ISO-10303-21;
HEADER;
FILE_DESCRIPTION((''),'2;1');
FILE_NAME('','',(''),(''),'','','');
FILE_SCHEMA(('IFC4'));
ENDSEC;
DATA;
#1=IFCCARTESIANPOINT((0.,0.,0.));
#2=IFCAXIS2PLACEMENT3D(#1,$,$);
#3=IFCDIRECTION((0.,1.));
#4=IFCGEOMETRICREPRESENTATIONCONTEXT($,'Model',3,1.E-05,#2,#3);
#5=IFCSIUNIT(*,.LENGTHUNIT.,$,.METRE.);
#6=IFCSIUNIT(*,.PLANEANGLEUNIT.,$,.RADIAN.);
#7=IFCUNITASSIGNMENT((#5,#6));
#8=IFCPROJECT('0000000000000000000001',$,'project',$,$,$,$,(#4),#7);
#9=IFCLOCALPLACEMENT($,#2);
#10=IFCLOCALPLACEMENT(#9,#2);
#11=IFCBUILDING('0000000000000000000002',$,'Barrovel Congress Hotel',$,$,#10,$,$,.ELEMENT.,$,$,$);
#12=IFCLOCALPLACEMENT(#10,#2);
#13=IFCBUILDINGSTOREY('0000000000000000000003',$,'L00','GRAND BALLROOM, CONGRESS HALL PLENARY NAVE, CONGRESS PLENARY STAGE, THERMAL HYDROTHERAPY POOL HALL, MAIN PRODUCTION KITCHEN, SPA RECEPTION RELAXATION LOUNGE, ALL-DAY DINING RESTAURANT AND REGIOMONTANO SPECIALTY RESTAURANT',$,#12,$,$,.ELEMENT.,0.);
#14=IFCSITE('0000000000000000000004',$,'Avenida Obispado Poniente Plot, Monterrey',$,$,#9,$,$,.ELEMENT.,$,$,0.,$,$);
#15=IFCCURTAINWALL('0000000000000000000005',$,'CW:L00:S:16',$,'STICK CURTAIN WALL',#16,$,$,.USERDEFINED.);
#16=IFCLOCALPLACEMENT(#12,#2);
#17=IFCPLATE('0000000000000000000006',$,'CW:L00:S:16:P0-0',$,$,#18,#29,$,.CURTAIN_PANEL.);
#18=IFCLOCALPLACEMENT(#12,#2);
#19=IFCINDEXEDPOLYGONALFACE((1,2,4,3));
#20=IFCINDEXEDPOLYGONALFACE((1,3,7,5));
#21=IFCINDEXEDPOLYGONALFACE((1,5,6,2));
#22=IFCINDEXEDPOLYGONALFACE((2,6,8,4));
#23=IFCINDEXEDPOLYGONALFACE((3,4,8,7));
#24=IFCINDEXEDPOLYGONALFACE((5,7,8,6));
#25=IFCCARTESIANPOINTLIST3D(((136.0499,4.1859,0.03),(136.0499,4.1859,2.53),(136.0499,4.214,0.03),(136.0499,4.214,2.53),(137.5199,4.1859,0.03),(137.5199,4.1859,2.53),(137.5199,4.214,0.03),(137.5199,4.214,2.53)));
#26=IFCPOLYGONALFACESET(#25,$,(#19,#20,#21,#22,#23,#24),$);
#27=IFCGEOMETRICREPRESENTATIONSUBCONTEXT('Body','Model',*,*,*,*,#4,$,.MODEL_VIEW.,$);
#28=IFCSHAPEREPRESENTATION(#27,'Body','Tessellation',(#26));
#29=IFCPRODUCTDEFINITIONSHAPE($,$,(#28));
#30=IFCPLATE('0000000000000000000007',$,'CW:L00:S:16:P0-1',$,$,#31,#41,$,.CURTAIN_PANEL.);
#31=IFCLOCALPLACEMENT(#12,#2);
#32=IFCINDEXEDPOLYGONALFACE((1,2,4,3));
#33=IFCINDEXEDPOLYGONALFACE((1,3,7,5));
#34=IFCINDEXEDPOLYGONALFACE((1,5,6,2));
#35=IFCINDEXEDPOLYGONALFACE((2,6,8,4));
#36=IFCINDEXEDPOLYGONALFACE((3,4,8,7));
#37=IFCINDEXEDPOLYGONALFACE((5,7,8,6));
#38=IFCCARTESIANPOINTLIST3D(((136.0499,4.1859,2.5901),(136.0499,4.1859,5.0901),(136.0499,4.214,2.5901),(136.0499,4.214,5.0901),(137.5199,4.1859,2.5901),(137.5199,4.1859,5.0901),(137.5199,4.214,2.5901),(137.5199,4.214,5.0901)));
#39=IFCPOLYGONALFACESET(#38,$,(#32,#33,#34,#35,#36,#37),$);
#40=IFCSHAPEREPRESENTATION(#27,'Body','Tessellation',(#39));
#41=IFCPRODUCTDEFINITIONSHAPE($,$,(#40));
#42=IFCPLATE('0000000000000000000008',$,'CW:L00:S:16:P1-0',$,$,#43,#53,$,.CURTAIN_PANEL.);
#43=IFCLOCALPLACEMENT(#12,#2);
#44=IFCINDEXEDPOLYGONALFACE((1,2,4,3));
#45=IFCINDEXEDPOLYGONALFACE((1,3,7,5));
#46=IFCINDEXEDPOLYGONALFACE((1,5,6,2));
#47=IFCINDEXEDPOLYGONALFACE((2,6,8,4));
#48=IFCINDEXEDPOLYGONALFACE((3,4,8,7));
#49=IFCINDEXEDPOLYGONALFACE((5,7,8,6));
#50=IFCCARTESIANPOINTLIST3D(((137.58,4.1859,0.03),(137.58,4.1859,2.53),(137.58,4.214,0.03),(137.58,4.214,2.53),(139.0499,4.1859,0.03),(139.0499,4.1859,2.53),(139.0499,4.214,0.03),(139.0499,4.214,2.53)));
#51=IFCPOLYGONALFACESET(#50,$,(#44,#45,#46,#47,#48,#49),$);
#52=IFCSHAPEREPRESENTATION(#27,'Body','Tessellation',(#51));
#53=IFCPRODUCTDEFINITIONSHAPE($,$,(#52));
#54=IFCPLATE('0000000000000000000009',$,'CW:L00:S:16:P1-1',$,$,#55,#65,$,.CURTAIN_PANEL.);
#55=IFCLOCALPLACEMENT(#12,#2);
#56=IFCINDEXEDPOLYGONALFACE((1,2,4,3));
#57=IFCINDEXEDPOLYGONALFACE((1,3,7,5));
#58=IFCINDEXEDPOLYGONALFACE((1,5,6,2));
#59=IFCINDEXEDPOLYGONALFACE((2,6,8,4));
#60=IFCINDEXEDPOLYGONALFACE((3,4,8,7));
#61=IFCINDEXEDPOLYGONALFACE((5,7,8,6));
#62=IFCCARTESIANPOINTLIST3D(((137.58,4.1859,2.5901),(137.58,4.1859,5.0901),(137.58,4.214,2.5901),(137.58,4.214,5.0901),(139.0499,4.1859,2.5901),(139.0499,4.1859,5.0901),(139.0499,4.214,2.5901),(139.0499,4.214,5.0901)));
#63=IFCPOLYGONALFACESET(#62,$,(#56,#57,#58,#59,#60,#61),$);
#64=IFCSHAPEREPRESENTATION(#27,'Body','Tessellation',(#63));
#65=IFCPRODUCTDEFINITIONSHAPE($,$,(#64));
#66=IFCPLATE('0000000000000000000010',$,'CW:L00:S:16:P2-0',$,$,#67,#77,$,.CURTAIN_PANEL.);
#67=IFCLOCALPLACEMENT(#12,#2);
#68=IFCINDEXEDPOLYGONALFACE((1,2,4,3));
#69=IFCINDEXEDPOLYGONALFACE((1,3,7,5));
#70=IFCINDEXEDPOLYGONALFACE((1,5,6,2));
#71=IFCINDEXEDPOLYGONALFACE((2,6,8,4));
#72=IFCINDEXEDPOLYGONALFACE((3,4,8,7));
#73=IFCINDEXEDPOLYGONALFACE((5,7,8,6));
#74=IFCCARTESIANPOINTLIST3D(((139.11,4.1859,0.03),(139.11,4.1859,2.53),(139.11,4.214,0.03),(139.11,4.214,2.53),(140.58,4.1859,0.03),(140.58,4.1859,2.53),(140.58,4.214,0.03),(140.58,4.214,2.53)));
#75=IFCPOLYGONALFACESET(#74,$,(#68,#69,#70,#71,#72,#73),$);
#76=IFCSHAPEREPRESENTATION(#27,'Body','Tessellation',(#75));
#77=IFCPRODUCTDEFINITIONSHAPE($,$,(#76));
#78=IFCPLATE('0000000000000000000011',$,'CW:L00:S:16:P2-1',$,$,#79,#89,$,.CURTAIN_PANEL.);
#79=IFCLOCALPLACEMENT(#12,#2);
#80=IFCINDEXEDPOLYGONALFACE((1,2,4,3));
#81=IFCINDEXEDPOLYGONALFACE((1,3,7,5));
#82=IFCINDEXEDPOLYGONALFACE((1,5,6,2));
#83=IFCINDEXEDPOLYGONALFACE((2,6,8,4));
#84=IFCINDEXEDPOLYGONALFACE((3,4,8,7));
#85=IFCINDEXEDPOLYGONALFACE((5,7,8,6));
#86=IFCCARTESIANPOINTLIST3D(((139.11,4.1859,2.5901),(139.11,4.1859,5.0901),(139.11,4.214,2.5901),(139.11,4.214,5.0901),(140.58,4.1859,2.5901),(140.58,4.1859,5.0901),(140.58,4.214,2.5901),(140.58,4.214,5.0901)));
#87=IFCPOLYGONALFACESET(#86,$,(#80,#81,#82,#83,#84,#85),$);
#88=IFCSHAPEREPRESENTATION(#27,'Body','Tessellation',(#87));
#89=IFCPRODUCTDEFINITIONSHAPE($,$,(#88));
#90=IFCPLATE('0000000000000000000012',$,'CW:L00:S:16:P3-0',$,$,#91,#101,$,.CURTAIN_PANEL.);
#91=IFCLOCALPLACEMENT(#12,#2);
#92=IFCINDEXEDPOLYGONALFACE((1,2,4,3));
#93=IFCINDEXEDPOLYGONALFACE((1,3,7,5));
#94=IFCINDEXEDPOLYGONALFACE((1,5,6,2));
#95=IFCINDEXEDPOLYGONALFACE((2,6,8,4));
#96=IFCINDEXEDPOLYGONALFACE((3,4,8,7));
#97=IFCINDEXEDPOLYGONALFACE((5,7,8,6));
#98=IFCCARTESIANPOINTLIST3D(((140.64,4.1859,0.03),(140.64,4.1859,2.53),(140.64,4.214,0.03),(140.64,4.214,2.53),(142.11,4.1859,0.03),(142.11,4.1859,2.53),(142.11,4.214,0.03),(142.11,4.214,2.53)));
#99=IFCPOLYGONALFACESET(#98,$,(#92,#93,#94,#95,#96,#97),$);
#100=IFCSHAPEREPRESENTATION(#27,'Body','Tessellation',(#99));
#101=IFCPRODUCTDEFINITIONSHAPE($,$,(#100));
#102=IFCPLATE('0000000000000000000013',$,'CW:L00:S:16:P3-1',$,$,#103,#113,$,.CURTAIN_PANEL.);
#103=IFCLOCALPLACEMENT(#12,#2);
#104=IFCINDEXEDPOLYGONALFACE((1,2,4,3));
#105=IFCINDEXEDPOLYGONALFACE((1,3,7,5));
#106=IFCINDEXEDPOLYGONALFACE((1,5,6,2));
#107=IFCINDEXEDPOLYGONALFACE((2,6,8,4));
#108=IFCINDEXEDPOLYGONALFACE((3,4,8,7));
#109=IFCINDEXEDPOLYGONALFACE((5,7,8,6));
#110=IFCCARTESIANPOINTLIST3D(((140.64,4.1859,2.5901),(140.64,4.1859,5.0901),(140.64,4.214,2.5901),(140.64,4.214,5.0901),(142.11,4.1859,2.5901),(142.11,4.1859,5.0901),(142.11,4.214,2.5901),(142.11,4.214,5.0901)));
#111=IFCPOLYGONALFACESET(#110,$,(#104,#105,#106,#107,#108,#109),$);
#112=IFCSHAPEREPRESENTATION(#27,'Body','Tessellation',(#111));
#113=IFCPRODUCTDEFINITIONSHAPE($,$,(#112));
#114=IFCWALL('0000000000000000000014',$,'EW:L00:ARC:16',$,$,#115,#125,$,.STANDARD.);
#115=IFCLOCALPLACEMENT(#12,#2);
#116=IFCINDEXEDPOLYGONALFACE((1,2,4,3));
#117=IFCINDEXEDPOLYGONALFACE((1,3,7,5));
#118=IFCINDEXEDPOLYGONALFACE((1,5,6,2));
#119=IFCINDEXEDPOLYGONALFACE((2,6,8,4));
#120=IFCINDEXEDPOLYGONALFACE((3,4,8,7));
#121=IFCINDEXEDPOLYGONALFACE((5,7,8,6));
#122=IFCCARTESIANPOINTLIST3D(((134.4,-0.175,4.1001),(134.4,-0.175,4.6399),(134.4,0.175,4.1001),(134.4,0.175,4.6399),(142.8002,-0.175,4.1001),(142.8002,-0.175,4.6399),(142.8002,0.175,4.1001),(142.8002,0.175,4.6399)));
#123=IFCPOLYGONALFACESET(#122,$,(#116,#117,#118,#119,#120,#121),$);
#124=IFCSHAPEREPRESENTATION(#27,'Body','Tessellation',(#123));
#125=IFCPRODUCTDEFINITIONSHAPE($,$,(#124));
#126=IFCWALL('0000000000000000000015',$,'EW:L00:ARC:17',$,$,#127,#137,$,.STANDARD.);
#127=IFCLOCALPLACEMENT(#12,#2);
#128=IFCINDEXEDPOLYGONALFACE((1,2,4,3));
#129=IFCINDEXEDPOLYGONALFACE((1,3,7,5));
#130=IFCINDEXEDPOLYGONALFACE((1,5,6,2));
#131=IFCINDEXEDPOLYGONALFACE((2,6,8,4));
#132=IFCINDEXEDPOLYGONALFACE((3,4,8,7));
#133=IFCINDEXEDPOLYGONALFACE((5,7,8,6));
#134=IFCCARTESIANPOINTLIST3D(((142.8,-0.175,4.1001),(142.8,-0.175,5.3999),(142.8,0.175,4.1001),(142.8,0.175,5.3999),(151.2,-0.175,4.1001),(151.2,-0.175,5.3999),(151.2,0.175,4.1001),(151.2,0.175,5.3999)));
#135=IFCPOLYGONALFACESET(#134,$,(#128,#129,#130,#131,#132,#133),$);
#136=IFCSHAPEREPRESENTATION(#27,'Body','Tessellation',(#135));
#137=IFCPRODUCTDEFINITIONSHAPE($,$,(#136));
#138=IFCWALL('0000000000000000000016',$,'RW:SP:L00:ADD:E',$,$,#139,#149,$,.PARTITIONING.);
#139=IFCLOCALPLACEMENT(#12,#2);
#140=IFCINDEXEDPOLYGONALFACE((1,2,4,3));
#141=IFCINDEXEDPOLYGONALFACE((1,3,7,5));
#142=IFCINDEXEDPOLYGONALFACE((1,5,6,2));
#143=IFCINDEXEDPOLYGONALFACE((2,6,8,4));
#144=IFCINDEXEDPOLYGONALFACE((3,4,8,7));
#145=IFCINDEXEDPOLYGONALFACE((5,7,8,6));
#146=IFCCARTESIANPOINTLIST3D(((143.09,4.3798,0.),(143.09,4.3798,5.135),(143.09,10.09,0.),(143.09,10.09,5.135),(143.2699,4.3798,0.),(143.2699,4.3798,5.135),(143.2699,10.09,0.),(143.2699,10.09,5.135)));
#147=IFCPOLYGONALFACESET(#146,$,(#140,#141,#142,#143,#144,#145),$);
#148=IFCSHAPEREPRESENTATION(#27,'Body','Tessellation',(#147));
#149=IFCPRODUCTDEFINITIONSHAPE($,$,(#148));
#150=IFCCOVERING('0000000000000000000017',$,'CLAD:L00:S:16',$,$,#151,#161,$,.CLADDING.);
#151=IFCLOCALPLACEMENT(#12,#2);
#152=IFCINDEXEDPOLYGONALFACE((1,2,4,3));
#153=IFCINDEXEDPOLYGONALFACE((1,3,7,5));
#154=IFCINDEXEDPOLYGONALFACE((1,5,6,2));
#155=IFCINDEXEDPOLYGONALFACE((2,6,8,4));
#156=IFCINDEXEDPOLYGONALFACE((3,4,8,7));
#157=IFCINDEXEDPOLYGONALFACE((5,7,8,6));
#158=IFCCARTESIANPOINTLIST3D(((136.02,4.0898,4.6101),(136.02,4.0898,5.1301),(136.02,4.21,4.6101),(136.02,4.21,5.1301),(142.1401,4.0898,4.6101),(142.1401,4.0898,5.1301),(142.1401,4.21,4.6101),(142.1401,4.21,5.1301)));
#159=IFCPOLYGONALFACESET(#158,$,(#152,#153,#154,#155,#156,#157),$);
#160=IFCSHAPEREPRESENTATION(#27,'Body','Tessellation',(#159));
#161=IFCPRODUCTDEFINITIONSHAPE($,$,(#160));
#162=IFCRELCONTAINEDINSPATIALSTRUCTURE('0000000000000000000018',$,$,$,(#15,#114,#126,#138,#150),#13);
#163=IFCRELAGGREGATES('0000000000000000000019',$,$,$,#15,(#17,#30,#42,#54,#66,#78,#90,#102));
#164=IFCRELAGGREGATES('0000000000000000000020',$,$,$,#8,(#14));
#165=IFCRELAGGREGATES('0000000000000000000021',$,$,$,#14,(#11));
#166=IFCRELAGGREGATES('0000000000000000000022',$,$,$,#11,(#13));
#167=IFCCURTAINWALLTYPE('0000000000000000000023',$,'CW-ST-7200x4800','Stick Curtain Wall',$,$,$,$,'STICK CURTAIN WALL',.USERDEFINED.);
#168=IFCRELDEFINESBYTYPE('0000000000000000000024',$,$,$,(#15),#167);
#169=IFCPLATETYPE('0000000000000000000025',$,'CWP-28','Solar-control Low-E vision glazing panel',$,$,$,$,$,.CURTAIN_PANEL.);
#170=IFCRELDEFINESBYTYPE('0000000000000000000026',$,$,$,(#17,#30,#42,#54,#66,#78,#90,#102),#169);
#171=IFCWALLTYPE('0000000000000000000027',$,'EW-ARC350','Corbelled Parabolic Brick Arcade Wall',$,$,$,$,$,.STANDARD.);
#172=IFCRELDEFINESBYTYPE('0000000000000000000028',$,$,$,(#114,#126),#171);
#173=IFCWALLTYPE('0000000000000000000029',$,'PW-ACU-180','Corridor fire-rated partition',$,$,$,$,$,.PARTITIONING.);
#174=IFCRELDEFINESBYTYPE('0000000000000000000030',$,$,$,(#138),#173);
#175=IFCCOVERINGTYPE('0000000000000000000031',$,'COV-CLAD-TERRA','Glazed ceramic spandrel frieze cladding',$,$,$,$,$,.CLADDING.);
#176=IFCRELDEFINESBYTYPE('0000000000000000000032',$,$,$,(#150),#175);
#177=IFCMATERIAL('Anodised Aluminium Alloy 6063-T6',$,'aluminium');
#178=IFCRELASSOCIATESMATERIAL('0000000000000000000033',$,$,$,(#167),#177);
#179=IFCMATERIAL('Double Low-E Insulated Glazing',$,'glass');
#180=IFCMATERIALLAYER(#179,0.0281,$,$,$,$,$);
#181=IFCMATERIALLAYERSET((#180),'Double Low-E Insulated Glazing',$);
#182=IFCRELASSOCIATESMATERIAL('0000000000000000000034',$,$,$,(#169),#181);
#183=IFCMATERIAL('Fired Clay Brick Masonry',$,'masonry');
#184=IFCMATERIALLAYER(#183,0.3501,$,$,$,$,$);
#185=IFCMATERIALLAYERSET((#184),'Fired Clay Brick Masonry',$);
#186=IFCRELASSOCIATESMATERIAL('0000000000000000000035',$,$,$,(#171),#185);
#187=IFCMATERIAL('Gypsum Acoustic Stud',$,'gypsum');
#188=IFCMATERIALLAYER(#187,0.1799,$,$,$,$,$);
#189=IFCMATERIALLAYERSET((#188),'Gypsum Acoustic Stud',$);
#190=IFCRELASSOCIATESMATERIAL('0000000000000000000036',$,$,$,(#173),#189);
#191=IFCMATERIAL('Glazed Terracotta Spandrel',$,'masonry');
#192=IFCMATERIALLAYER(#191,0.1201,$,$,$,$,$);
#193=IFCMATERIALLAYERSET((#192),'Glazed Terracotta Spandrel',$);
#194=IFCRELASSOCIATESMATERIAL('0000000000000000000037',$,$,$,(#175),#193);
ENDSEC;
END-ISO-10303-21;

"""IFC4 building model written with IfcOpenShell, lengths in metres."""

from ifc_helpers import new_model, si_unit, direction, frame, frame_2d, origin, origin_2d, place, context, subcontext, project, spatial, rectangle, extrude, material, layer, layer_set, type_object, element, aggregate, save


model = new_model("IFC4")

# Units and contexts
model_context = context("Model", 3, precision=1e-05, world=origin(), true_north=direction((0.0, 1.0)))
body_context = subcontext(model_context, "Body", "Model", "MODEL_VIEW")
ifc_project = project(units=[si_unit("LENGTHUNIT", "METRE"), si_unit("PLANEANGLEUNIT", "RADIAN")], contexts=[model_context])

# Site, building, storey
site_placement = place(None, origin())
site = spatial("IfcSite", under=ifc_project, at=site_placement, Name="Avenida Obispado Poniente Plot, Monterrey", CompositionType="ELEMENT", RefElevation=0.0)
building_placement = place(site_placement, origin())
building = spatial("IfcBuilding", under=site, at=building_placement, Name="Barrovel Congress Hotel", CompositionType="ELEMENT")
storey_placement = place(building_placement, origin())
storey = spatial("IfcBuildingStorey", under=building, at=storey_placement, Name="L00", Description="GRAND BALLROOM, CONGRESS HALL PLENARY NAVE, CONGRESS PLENARY STAGE, THERMAL HYDROTHERAPY POOL HALL, MAIN PRODUCTION KITCHEN, SPA RECEPTION RELAXATION LOUNGE, ALL-DAY DINING RESTAURANT AND REGIOMONTANO SPECIALTY RESTAURANT", CompositionType="ELEMENT", Elevation=0.0)

# Curtain wall
ifc_material_1 = material(Name="Anodised Aluminium Alloy 6063-T6", Category="aluminium")
curtain_wall_type = type_object("IfcCurtainWallType", Name="CW-ST-7200x4800", Description="Stick Curtain Wall", ElementType="STICK CURTAIN WALL", PredefinedType="USERDEFINED", material=ifc_material_1)
curtain_wall_placement = place(storey_placement, origin())
curtain_wall = element("IfcCurtainWall", 1, at=curtain_wall_placement, inside=storey, type_object=curtain_wall_type, Name="CW:L00:S:16", ObjectType="STICK CURTAIN WALL", PredefinedType="USERDEFINED")

# Plates
ifc_material_2 = material(Name="Double Low-E Insulated Glazing", Category="glass")
ifc_layer_1 = layer(ifc_material_2, 0.0281)
ifc_layer_set_1 = layer_set([ifc_layer_1], Name="Double Low-E Insulated Glazing")
plate_type = type_object("IfcPlateType", Name="CWP-28", Description="Solar-control Low-E vision glazing panel", PredefinedType="CURTAIN_PANEL", material=ifc_layer_set_1)
plate_1_placement = place(storey_placement, frame((136.7849, 4.2, 0.03), z_axis=(0.0, 0.0, 1.0), x_axis=(1.0, 0.0, 0.0)))
plate_1 = element("IfcPlate", 2, at=plate_1_placement, type_object=plate_type, Name="CW:L00:S:16:P0-0", PredefinedType="CURTAIN_PANEL", context=body_context, shape_type="SweptSolid", body=[
    extrude(rectangle(XDim=1.47, YDim=0.0281, at=origin_2d()), origin(), (0.0, 0.0, 1.0), 2.5),
])
plate_2_placement = place(storey_placement, frame((136.7849, 4.2, 2.5901), z_axis=(0.0, 0.0, 1.0), x_axis=(1.0, 0.0, 0.0)))
plate_2 = element("IfcPlate", 3, at=plate_2_placement, type_object=plate_type, Name="CW:L00:S:16:P0-1", PredefinedType="CURTAIN_PANEL", context=body_context, shape_type="SweptSolid", body=[
    extrude(rectangle(XDim=1.47, YDim=0.0281, at=origin_2d()), origin(), (0.0, 0.0, 1.0), 2.5),
])
plate_3_placement = place(storey_placement, frame((138.3149, 4.2, 0.03), z_axis=(0.0, 0.0, 1.0), x_axis=(1.0, 0.0, 0.0)))
plate_3 = element("IfcPlate", 4, at=plate_3_placement, type_object=plate_type, Name="CW:L00:S:16:P1-0", PredefinedType="CURTAIN_PANEL", context=body_context, shape_type="SweptSolid", body=[
    extrude(rectangle(XDim=1.47, YDim=0.0281, at=origin_2d()), origin(), (0.0, 0.0, 1.0), 2.5),
])
plate_4_placement = place(storey_placement, frame((138.3149, 4.2, 2.5901), z_axis=(0.0, 0.0, 1.0), x_axis=(1.0, 0.0, 0.0)))
plate_4 = element("IfcPlate", 5, at=plate_4_placement, type_object=plate_type, Name="CW:L00:S:16:P1-1", PredefinedType="CURTAIN_PANEL", context=body_context, shape_type="SweptSolid", body=[
    extrude(rectangle(XDim=1.47, YDim=0.0281, at=origin_2d()), origin(), (0.0, 0.0, 1.0), 2.5),
])
plate_5_placement = place(storey_placement, frame((139.845, 4.2, 0.03), z_axis=(0.0, 0.0, 1.0), x_axis=(1.0, 0.0, 0.0)))
plate_5 = element("IfcPlate", 6, at=plate_5_placement, type_object=plate_type, Name="CW:L00:S:16:P2-0", PredefinedType="CURTAIN_PANEL", context=body_context, shape_type="SweptSolid", body=[
    extrude(rectangle(XDim=1.47, YDim=0.0281, at=origin_2d()), origin(), (0.0, 0.0, 1.0), 2.5),
])
plate_6_placement = place(storey_placement, frame((139.845, 4.2, 2.5901), z_axis=(0.0, 0.0, 1.0), x_axis=(1.0, 0.0, 0.0)))
plate_6 = element("IfcPlate", 7, at=plate_6_placement, type_object=plate_type, Name="CW:L00:S:16:P2-1", PredefinedType="CURTAIN_PANEL", context=body_context, shape_type="SweptSolid", body=[
    extrude(rectangle(XDim=1.47, YDim=0.0281, at=origin_2d()), origin(), (0.0, 0.0, 1.0), 2.5),
])
plate_7_placement = place(storey_placement, frame((141.375, 4.2, 0.03), z_axis=(0.0, 0.0, 1.0), x_axis=(1.0, 0.0, 0.0)))
plate_7 = element("IfcPlate", 8, at=plate_7_placement, type_object=plate_type, Name="CW:L00:S:16:P3-0", PredefinedType="CURTAIN_PANEL", context=body_context, shape_type="SweptSolid", body=[
    extrude(rectangle(XDim=1.47, YDim=0.0281, at=origin_2d()), origin(), (0.0, 0.0, 1.0), 2.5),
])
plate_8_placement = place(storey_placement, frame((141.375, 4.2, 2.5901), z_axis=(0.0, 0.0, 1.0), x_axis=(1.0, 0.0, 0.0)))
plate_8 = element("IfcPlate", 9, at=plate_8_placement, type_object=plate_type, Name="CW:L00:S:16:P3-1", PredefinedType="CURTAIN_PANEL", context=body_context, shape_type="SweptSolid", body=[
    extrude(rectangle(XDim=1.47, YDim=0.0281, at=origin_2d()), origin(), (0.0, 0.0, 1.0), 2.5),
])
aggregate(curtain_wall, [plate_1, plate_2, plate_3, plate_4, plate_5, plate_6, plate_7, plate_8])

# Walls
ifc_material_3 = material(Name="Fired Clay Brick Masonry", Category="masonry")
ifc_layer_2 = layer(ifc_material_3, 0.3501)
ifc_layer_set_2 = layer_set([ifc_layer_2], Name="Fired Clay Brick Masonry")
wall_type_1 = type_object("IfcWallType", Name="EW-ARC350", Description="Corbelled Parabolic Brick Arcade Wall", PredefinedType="STANDARD", material=ifc_layer_set_2)
wall_1_placement = place(storey_placement, frame((134.3999, 0.0, 4.1001), z_axis=(0.0, 0.0, 1.0), x_axis=(1.0, 0.0, 0.0)))
element("IfcWall", 10, at=wall_1_placement, inside=storey, type_object=wall_type_1, Name="EW:L00:ARC:16", PredefinedType="STANDARD", context=body_context, shape_type="SweptSolid", body=[
    extrude(rectangle(XDim=8.4001, YDim=0.3501, at=frame_2d((4.2002, 0.0))), origin(), (0.0, 0.0, 1.0), 0.5398),
])
wall_2_placement = place(storey_placement, frame((142.8, 0.0, 4.1001), z_axis=(0.0, 0.0, 1.0), x_axis=(1.0, 0.0, 0.0)))
element("IfcWall", 11, at=wall_2_placement, inside=storey, type_object=wall_type_1, Name="EW:L00:ARC:17", PredefinedType="STANDARD", context=body_context, shape_type="SweptSolid", body=[
    extrude(rectangle(XDim=8.3999, YDim=0.3501, at=frame_2d((4.2, 0.0))), origin(), (0.0, 0.0, 1.0), 1.2998),
])

# Wall
ifc_material_4 = material(Name="Gypsum Acoustic Stud", Category="gypsum")
ifc_layer_3 = layer(ifc_material_4, 0.1799)
ifc_layer_set_3 = layer_set([ifc_layer_3], Name="Gypsum Acoustic Stud")
wall_type_2 = type_object("IfcWallType", Name="PW-ACU-180", Description="Corridor fire-rated partition", PredefinedType="PARTITIONING", material=ifc_layer_set_3)
wall_3_placement = place(storey_placement, frame((143.1799, 4.3799, 0.0), z_axis=(0.0, 0.0, 1.0), x_axis=(0.0, 1.0, 0.0)))
element("IfcWall", 12, at=wall_3_placement, inside=storey, type_object=wall_type_2, Name="RW:SP:L00:ADD:E", PredefinedType="PARTITIONING", context=body_context, shape_type="SweptSolid", body=[
    extrude(rectangle(XDim=5.7102, YDim=0.1799, at=frame_2d((2.855, 0.0))), origin(), (0.0, 0.0, 1.0), 5.135),
])

# Covering
ifc_material_5 = material(Name="Glazed Terracotta Spandrel", Category="masonry")
ifc_layer_4 = layer(ifc_material_5, 0.1201)
ifc_layer_set_4 = layer_set([ifc_layer_4], Name="Glazed Terracotta Spandrel")
covering_type = type_object("IfcCoveringType", Name="COV-CLAD-TERRA", Description="Glazed ceramic spandrel frieze cladding", PredefinedType="CLADDING", material=ifc_layer_set_4)
covering_placement = place(storey_placement, frame((139.0801, 4.1499, 4.6101), z_axis=(0.0, 0.0, 1.0), x_axis=(1.0, 0.0, 0.0)))
element("IfcCovering", 13, at=covering_placement, inside=storey, type_object=covering_type, Name="CLAD:L00:S:16", PredefinedType="CLADDING", context=body_context, shape_type="SweptSolid", body=[
    extrude(rectangle(XDim=6.1201, YDim=0.1201, at=origin_2d()), origin(), (0.0, 0.0, 1.0), 0.52),
])

save(model, "model.ifc")
